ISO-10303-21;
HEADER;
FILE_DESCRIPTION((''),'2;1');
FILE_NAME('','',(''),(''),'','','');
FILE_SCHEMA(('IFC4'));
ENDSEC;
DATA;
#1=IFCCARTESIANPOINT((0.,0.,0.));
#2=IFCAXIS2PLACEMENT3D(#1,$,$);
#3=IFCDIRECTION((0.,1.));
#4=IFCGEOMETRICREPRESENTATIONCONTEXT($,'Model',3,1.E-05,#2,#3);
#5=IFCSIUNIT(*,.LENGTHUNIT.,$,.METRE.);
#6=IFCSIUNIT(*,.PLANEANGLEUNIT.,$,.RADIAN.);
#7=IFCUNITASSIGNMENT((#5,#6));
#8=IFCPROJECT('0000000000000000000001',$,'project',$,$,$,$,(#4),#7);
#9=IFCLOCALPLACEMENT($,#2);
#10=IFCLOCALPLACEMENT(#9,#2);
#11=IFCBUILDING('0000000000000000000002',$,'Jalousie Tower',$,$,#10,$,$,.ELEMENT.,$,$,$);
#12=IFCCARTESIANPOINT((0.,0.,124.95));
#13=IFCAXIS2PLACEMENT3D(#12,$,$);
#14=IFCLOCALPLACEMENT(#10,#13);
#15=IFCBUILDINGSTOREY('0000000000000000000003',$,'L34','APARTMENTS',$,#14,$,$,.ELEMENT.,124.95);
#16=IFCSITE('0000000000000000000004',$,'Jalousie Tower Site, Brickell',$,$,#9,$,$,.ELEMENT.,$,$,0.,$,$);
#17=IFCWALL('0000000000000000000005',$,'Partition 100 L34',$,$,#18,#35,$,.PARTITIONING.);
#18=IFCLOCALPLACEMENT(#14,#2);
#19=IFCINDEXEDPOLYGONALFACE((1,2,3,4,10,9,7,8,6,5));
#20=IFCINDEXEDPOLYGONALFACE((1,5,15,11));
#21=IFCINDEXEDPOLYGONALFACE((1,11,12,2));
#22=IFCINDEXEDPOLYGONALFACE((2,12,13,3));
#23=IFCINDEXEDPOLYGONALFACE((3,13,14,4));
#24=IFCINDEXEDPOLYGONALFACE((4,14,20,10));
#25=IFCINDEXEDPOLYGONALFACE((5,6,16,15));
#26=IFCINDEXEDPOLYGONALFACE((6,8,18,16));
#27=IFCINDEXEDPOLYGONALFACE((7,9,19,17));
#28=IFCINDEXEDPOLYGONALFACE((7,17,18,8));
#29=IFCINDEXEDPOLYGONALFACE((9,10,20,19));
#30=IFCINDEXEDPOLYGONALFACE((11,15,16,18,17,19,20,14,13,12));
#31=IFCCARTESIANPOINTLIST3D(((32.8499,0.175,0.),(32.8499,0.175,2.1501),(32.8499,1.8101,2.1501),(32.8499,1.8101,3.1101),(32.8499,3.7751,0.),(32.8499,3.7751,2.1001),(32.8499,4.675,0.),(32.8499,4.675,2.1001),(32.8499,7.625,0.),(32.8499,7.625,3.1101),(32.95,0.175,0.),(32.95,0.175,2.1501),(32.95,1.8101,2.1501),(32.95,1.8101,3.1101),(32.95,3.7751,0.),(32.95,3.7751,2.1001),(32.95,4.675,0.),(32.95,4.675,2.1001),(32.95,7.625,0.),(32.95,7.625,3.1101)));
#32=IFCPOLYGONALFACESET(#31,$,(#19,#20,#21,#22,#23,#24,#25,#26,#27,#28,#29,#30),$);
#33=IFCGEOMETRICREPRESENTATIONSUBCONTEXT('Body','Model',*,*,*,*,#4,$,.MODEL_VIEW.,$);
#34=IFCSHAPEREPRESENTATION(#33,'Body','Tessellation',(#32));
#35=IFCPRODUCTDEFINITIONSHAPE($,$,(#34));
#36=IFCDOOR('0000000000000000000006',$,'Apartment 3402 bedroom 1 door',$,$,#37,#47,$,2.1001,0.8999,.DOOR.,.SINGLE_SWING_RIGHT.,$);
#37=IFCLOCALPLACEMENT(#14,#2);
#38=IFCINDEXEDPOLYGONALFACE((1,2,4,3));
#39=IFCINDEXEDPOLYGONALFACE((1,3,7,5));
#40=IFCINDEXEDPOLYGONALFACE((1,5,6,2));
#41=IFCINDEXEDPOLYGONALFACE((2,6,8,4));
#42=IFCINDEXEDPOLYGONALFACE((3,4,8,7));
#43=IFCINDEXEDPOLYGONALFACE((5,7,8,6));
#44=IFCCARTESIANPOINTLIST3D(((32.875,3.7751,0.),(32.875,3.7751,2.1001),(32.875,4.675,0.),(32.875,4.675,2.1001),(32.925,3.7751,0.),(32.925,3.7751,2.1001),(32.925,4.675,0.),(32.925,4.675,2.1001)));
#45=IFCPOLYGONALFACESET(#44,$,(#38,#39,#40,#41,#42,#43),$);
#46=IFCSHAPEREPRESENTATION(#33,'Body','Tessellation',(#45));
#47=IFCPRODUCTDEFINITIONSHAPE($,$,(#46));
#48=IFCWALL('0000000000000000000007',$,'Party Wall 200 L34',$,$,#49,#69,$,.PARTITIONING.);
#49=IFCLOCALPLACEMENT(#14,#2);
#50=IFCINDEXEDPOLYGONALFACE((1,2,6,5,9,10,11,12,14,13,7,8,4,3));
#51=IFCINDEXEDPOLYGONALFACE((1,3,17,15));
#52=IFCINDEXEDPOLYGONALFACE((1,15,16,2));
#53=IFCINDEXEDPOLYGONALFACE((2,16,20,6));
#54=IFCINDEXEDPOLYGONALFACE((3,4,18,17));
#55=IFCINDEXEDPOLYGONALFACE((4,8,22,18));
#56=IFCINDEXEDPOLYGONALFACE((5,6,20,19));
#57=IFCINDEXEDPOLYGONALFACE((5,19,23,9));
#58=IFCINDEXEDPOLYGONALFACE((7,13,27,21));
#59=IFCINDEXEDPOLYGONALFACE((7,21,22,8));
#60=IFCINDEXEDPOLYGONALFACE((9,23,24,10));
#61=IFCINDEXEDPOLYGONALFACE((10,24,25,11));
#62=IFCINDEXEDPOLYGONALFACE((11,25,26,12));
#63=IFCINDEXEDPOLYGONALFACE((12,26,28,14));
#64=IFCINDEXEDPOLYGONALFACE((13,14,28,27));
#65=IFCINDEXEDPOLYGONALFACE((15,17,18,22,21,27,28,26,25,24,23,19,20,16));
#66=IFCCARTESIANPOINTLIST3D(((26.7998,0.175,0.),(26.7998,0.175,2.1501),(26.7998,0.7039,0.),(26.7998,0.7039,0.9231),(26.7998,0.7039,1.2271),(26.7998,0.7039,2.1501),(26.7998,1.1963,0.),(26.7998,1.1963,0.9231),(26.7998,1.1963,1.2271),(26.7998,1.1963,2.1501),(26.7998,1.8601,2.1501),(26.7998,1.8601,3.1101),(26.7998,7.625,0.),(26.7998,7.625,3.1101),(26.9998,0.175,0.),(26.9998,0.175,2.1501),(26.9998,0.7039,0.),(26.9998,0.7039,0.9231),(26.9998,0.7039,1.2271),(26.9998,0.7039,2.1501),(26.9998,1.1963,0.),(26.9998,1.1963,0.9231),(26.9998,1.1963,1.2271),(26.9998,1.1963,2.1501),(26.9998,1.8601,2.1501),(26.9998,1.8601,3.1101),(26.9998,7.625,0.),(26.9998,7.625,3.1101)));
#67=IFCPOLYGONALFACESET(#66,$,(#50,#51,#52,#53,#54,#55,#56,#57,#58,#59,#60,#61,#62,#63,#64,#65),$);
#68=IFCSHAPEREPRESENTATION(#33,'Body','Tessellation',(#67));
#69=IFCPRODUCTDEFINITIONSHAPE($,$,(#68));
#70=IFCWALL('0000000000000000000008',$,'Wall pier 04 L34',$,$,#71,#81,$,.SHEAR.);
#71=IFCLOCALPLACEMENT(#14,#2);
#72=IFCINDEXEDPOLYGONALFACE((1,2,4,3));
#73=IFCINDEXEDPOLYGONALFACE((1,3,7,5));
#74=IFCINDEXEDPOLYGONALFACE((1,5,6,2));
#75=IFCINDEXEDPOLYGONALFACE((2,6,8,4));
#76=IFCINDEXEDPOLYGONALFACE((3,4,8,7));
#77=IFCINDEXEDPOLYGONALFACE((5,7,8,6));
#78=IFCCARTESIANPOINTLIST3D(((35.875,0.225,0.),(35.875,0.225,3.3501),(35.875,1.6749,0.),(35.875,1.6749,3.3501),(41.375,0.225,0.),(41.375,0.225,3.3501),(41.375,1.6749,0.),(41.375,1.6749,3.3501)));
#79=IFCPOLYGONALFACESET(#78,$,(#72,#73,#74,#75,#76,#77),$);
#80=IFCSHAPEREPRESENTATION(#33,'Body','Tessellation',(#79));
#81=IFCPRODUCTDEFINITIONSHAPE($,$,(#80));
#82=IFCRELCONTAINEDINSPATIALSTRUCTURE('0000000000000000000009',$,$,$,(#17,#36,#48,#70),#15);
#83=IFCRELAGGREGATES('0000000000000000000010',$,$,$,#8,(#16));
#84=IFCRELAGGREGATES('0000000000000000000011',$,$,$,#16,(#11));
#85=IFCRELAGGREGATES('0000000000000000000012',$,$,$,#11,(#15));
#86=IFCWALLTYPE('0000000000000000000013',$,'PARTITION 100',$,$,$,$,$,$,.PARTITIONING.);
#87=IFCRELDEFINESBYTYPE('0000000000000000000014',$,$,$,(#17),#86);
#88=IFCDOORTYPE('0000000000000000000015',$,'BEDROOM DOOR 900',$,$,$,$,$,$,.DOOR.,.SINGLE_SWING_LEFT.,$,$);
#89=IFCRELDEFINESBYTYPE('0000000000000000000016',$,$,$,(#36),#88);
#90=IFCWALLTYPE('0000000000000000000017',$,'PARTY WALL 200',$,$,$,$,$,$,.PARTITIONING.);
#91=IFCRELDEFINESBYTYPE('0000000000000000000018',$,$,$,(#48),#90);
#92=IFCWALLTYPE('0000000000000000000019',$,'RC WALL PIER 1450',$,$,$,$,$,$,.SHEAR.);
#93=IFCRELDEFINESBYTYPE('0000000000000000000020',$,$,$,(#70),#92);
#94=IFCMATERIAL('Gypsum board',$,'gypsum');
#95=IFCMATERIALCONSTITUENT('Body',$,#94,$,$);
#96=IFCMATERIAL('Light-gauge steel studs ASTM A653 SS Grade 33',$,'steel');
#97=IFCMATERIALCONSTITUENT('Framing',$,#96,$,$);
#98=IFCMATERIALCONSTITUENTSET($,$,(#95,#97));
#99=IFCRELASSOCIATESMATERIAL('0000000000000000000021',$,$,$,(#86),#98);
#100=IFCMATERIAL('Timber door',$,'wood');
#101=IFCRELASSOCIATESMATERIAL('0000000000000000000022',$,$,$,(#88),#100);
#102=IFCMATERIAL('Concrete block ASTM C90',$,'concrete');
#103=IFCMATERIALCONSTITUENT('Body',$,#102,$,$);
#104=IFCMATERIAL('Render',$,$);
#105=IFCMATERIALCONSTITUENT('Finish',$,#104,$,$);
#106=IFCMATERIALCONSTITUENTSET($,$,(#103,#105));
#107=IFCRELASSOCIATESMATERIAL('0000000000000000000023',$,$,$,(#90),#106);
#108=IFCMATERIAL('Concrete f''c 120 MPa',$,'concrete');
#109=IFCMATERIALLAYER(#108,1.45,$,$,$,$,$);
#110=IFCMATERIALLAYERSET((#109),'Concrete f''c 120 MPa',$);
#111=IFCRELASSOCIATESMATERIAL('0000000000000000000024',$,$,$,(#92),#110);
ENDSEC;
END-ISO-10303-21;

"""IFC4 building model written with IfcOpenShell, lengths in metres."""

from ifc_helpers import new_model, si_unit, direction, frame, frame_2d, origin, place, context, subcontext, project, spatial, polyline, rectangle, outline, extrude, material, layer, layer_set, constituent, constituent_set, type_object, element, fill, save


model = new_model("IFC4")

# Units and contexts
model_context = context("Model", 3, precision=1e-05, world=origin(), true_north=direction((0.0, 1.0)))
body_context = subcontext(model_context, "Body", "Model", "MODEL_VIEW")
ifc_project = project(units=[si_unit("LENGTHUNIT", "METRE"), si_unit("PLANEANGLEUNIT", "RADIAN")], contexts=[model_context])

# Site, building, storey
site_placement = place(None, origin())
site = spatial("IfcSite", under=ifc_project, at=site_placement, Name="Jalousie Tower Site, Brickell", CompositionType="ELEMENT", RefElevation=0.0)
building_placement = place(site_placement, origin())
building = spatial("IfcBuilding", under=site, at=building_placement, Name="Jalousie Tower", CompositionType="ELEMENT")
storey_placement = place(building_placement, frame((0.0, 0.0, 124.95)))
storey = spatial("IfcBuildingStorey", under=building, at=storey_placement, Name="L34", Description="APARTMENTS", CompositionType="ELEMENT", Elevation=124.95)

# Wall, opening, door
ifc_material_1 = material(Name="Gypsum board", Category="gypsum")
ifc_constituent_1 = constituent(ifc_material_1, Name="Body")
ifc_material_2 = material(Name="Light-gauge steel studs ASTM A653 SS Grade 33", Category="steel")
ifc_constituent_2 = constituent(ifc_material_2, Name="Framing")
ifc_constituent_set_1 = constituent_set(constituents=[ifc_constituent_1, ifc_constituent_2])
wall_type_1 = type_object("IfcWallType", Name="PARTITION 100", PredefinedType="PARTITIONING", material=ifc_constituent_set_1)
wall_1_placement = place(storey_placement, frame((32.8999, 0.175, 0.0), z_axis=(0.0, 0.0, 1.0), x_axis=(0.0, 1.0, 0.0)))
wall_1 = element("IfcWall", 1, at=wall_1_placement, inside=storey, type_object=wall_type_1, Name="Partition 100 L34", PredefinedType="PARTITIONING", context=body_context, shape_type="SweptSolid", body=[
    extrude(outline(polyline([(0.0, 0.0), (7.45, 0.0), (7.45, 3.1101), (1.635, 3.1101), (1.635, 2.1501), (0.0, 2.1501), (0.0, 3.1101), (0.0, 0.0)])), frame((0.0, 0.05, 0.0), z_axis=(0.0, -1.0, 0.0), x_axis=(1.0, 0.0, 0.0)), (0.0, 0.0, 1.0), 0.1001),
])
opening_1_placement = place(wall_1_placement, frame((3.6001, 0.0, 0.0)))
opening_1 = element("IfcOpeningElement", 2, at=opening_1_placement, cuts=wall_1, PredefinedType="OPENING", context=body_context, shape_type="SweptSolid", body=[
    extrude(rectangle(XDim=0.8999, YDim=2.1001, at=frame_2d((0.45, 1.05))), frame((0.0, 0.0601, 0.0), z_axis=(0.0, -1.0, 0.0), x_axis=(1.0, 0.0, 0.0)), (0.0, 0.0, 1.0), 0.1201),
])
ifc_material_3 = material(Name="Timber door", Category="wood")
door_type = type_object("IfcDoorType", Name="BEDROOM DOOR 900", OperationType="SINGLE_SWING_LEFT", PredefinedType="DOOR", material=ifc_material_3)
door_placement = place(opening_1_placement, origin())
door = element("IfcDoor", 3, at=door_placement, inside=storey, type_object=door_type, Name="Apartment 3402 bedroom 1 door", OperationType="SINGLE_SWING_RIGHT", OverallHeight=2.1001, OverallWidth=0.8999, PredefinedType="DOOR", context=body_context, shape_type="SweptSolid", body=[
    extrude(rectangle(XDim=0.8999, YDim=2.1001, at=frame_2d((0.45, 1.05))), frame((0.0, 0.0249, 0.0), z_axis=(0.0, -1.0, 0.0), x_axis=(1.0, 0.0, 0.0)), (0.0, 0.0, 1.0), 0.05),
])
fill(opening_1, door)

# Walls
ifc_material_4 = material(Name="Concrete block ASTM C90", Category="concrete")
ifc_constituent_3 = constituent(ifc_material_4, Name="Body")
ifc_material_5 = material(Name="Render")
ifc_constituent_4 = constituent(ifc_material_5, Name="Finish")
ifc_constituent_set_2 = constituent_set(constituents=[ifc_constituent_3, ifc_constituent_4])
wall_type_2 = type_object("IfcWallType", Name="PARTY WALL 200", PredefinedType="PARTITIONING", material=ifc_constituent_set_2)
wall_2_placement = place(storey_placement, frame((26.8999, 0.175, 0.0), z_axis=(0.0, 0.0, 1.0), x_axis=(0.0, 1.0, 0.0)))
element("IfcWall", 4, at=wall_2_placement, inside=storey, type_object=wall_type_2, Name="Party Wall 200 L34", PredefinedType="PARTITIONING", context=body_context, shape_type="SweptSolid", body=[
    extrude(outline(polyline([(0.5288, 2.1501), (0.0, 2.1501), (0.0, 0.0), (0.5288, 0.0), (0.5288, 0.9231), (1.0212, 0.9231), (1.0212, 0.0), (7.45, 0.0), (7.45, 3.1101), (1.6851, 3.1101), (1.6851, 2.1501), (1.0212, 2.1501), (1.0212, 1.2271), (0.5288, 1.2271), (0.5288, 2.1501)])), frame((0.0, 0.1001, 0.0), z_axis=(0.0, -1.0, 0.0), x_axis=(1.0, 0.0, 0.0)), (0.0, 0.0, 1.0), 0.2),
])
ifc_material_6 = material(Name="Concrete f'c 120 MPa", Category="concrete")
ifc_layer_1 = layer(ifc_material_6, 1.45)
ifc_layer_set_1 = layer_set([ifc_layer_1], Name="Concrete f'c 120 MPa")
wall_type_3 = type_object("IfcWallType", Name="RC WALL PIER 1450", PredefinedType="SHEAR", material=ifc_layer_set_1)
wall_3_placement = place(storey_placement, frame((35.875, 0.95, 0.0), z_axis=(0.0, 0.0, 1.0), x_axis=(1.0, 0.0, 0.0)))
element("IfcWall", 5, at=wall_3_placement, inside=storey, type_object=wall_type_3, Name="Wall pier 04 L34", PredefinedType="SHEAR", context=body_context, shape_type="SweptSolid", body=[
    extrude(rectangle(XDim=5.5, YDim=1.45, at=frame_2d((2.75, 0.0))), origin(), (0.0, 0.0, 1.0), 3.3501),
])

save(model, "model.ifc")
